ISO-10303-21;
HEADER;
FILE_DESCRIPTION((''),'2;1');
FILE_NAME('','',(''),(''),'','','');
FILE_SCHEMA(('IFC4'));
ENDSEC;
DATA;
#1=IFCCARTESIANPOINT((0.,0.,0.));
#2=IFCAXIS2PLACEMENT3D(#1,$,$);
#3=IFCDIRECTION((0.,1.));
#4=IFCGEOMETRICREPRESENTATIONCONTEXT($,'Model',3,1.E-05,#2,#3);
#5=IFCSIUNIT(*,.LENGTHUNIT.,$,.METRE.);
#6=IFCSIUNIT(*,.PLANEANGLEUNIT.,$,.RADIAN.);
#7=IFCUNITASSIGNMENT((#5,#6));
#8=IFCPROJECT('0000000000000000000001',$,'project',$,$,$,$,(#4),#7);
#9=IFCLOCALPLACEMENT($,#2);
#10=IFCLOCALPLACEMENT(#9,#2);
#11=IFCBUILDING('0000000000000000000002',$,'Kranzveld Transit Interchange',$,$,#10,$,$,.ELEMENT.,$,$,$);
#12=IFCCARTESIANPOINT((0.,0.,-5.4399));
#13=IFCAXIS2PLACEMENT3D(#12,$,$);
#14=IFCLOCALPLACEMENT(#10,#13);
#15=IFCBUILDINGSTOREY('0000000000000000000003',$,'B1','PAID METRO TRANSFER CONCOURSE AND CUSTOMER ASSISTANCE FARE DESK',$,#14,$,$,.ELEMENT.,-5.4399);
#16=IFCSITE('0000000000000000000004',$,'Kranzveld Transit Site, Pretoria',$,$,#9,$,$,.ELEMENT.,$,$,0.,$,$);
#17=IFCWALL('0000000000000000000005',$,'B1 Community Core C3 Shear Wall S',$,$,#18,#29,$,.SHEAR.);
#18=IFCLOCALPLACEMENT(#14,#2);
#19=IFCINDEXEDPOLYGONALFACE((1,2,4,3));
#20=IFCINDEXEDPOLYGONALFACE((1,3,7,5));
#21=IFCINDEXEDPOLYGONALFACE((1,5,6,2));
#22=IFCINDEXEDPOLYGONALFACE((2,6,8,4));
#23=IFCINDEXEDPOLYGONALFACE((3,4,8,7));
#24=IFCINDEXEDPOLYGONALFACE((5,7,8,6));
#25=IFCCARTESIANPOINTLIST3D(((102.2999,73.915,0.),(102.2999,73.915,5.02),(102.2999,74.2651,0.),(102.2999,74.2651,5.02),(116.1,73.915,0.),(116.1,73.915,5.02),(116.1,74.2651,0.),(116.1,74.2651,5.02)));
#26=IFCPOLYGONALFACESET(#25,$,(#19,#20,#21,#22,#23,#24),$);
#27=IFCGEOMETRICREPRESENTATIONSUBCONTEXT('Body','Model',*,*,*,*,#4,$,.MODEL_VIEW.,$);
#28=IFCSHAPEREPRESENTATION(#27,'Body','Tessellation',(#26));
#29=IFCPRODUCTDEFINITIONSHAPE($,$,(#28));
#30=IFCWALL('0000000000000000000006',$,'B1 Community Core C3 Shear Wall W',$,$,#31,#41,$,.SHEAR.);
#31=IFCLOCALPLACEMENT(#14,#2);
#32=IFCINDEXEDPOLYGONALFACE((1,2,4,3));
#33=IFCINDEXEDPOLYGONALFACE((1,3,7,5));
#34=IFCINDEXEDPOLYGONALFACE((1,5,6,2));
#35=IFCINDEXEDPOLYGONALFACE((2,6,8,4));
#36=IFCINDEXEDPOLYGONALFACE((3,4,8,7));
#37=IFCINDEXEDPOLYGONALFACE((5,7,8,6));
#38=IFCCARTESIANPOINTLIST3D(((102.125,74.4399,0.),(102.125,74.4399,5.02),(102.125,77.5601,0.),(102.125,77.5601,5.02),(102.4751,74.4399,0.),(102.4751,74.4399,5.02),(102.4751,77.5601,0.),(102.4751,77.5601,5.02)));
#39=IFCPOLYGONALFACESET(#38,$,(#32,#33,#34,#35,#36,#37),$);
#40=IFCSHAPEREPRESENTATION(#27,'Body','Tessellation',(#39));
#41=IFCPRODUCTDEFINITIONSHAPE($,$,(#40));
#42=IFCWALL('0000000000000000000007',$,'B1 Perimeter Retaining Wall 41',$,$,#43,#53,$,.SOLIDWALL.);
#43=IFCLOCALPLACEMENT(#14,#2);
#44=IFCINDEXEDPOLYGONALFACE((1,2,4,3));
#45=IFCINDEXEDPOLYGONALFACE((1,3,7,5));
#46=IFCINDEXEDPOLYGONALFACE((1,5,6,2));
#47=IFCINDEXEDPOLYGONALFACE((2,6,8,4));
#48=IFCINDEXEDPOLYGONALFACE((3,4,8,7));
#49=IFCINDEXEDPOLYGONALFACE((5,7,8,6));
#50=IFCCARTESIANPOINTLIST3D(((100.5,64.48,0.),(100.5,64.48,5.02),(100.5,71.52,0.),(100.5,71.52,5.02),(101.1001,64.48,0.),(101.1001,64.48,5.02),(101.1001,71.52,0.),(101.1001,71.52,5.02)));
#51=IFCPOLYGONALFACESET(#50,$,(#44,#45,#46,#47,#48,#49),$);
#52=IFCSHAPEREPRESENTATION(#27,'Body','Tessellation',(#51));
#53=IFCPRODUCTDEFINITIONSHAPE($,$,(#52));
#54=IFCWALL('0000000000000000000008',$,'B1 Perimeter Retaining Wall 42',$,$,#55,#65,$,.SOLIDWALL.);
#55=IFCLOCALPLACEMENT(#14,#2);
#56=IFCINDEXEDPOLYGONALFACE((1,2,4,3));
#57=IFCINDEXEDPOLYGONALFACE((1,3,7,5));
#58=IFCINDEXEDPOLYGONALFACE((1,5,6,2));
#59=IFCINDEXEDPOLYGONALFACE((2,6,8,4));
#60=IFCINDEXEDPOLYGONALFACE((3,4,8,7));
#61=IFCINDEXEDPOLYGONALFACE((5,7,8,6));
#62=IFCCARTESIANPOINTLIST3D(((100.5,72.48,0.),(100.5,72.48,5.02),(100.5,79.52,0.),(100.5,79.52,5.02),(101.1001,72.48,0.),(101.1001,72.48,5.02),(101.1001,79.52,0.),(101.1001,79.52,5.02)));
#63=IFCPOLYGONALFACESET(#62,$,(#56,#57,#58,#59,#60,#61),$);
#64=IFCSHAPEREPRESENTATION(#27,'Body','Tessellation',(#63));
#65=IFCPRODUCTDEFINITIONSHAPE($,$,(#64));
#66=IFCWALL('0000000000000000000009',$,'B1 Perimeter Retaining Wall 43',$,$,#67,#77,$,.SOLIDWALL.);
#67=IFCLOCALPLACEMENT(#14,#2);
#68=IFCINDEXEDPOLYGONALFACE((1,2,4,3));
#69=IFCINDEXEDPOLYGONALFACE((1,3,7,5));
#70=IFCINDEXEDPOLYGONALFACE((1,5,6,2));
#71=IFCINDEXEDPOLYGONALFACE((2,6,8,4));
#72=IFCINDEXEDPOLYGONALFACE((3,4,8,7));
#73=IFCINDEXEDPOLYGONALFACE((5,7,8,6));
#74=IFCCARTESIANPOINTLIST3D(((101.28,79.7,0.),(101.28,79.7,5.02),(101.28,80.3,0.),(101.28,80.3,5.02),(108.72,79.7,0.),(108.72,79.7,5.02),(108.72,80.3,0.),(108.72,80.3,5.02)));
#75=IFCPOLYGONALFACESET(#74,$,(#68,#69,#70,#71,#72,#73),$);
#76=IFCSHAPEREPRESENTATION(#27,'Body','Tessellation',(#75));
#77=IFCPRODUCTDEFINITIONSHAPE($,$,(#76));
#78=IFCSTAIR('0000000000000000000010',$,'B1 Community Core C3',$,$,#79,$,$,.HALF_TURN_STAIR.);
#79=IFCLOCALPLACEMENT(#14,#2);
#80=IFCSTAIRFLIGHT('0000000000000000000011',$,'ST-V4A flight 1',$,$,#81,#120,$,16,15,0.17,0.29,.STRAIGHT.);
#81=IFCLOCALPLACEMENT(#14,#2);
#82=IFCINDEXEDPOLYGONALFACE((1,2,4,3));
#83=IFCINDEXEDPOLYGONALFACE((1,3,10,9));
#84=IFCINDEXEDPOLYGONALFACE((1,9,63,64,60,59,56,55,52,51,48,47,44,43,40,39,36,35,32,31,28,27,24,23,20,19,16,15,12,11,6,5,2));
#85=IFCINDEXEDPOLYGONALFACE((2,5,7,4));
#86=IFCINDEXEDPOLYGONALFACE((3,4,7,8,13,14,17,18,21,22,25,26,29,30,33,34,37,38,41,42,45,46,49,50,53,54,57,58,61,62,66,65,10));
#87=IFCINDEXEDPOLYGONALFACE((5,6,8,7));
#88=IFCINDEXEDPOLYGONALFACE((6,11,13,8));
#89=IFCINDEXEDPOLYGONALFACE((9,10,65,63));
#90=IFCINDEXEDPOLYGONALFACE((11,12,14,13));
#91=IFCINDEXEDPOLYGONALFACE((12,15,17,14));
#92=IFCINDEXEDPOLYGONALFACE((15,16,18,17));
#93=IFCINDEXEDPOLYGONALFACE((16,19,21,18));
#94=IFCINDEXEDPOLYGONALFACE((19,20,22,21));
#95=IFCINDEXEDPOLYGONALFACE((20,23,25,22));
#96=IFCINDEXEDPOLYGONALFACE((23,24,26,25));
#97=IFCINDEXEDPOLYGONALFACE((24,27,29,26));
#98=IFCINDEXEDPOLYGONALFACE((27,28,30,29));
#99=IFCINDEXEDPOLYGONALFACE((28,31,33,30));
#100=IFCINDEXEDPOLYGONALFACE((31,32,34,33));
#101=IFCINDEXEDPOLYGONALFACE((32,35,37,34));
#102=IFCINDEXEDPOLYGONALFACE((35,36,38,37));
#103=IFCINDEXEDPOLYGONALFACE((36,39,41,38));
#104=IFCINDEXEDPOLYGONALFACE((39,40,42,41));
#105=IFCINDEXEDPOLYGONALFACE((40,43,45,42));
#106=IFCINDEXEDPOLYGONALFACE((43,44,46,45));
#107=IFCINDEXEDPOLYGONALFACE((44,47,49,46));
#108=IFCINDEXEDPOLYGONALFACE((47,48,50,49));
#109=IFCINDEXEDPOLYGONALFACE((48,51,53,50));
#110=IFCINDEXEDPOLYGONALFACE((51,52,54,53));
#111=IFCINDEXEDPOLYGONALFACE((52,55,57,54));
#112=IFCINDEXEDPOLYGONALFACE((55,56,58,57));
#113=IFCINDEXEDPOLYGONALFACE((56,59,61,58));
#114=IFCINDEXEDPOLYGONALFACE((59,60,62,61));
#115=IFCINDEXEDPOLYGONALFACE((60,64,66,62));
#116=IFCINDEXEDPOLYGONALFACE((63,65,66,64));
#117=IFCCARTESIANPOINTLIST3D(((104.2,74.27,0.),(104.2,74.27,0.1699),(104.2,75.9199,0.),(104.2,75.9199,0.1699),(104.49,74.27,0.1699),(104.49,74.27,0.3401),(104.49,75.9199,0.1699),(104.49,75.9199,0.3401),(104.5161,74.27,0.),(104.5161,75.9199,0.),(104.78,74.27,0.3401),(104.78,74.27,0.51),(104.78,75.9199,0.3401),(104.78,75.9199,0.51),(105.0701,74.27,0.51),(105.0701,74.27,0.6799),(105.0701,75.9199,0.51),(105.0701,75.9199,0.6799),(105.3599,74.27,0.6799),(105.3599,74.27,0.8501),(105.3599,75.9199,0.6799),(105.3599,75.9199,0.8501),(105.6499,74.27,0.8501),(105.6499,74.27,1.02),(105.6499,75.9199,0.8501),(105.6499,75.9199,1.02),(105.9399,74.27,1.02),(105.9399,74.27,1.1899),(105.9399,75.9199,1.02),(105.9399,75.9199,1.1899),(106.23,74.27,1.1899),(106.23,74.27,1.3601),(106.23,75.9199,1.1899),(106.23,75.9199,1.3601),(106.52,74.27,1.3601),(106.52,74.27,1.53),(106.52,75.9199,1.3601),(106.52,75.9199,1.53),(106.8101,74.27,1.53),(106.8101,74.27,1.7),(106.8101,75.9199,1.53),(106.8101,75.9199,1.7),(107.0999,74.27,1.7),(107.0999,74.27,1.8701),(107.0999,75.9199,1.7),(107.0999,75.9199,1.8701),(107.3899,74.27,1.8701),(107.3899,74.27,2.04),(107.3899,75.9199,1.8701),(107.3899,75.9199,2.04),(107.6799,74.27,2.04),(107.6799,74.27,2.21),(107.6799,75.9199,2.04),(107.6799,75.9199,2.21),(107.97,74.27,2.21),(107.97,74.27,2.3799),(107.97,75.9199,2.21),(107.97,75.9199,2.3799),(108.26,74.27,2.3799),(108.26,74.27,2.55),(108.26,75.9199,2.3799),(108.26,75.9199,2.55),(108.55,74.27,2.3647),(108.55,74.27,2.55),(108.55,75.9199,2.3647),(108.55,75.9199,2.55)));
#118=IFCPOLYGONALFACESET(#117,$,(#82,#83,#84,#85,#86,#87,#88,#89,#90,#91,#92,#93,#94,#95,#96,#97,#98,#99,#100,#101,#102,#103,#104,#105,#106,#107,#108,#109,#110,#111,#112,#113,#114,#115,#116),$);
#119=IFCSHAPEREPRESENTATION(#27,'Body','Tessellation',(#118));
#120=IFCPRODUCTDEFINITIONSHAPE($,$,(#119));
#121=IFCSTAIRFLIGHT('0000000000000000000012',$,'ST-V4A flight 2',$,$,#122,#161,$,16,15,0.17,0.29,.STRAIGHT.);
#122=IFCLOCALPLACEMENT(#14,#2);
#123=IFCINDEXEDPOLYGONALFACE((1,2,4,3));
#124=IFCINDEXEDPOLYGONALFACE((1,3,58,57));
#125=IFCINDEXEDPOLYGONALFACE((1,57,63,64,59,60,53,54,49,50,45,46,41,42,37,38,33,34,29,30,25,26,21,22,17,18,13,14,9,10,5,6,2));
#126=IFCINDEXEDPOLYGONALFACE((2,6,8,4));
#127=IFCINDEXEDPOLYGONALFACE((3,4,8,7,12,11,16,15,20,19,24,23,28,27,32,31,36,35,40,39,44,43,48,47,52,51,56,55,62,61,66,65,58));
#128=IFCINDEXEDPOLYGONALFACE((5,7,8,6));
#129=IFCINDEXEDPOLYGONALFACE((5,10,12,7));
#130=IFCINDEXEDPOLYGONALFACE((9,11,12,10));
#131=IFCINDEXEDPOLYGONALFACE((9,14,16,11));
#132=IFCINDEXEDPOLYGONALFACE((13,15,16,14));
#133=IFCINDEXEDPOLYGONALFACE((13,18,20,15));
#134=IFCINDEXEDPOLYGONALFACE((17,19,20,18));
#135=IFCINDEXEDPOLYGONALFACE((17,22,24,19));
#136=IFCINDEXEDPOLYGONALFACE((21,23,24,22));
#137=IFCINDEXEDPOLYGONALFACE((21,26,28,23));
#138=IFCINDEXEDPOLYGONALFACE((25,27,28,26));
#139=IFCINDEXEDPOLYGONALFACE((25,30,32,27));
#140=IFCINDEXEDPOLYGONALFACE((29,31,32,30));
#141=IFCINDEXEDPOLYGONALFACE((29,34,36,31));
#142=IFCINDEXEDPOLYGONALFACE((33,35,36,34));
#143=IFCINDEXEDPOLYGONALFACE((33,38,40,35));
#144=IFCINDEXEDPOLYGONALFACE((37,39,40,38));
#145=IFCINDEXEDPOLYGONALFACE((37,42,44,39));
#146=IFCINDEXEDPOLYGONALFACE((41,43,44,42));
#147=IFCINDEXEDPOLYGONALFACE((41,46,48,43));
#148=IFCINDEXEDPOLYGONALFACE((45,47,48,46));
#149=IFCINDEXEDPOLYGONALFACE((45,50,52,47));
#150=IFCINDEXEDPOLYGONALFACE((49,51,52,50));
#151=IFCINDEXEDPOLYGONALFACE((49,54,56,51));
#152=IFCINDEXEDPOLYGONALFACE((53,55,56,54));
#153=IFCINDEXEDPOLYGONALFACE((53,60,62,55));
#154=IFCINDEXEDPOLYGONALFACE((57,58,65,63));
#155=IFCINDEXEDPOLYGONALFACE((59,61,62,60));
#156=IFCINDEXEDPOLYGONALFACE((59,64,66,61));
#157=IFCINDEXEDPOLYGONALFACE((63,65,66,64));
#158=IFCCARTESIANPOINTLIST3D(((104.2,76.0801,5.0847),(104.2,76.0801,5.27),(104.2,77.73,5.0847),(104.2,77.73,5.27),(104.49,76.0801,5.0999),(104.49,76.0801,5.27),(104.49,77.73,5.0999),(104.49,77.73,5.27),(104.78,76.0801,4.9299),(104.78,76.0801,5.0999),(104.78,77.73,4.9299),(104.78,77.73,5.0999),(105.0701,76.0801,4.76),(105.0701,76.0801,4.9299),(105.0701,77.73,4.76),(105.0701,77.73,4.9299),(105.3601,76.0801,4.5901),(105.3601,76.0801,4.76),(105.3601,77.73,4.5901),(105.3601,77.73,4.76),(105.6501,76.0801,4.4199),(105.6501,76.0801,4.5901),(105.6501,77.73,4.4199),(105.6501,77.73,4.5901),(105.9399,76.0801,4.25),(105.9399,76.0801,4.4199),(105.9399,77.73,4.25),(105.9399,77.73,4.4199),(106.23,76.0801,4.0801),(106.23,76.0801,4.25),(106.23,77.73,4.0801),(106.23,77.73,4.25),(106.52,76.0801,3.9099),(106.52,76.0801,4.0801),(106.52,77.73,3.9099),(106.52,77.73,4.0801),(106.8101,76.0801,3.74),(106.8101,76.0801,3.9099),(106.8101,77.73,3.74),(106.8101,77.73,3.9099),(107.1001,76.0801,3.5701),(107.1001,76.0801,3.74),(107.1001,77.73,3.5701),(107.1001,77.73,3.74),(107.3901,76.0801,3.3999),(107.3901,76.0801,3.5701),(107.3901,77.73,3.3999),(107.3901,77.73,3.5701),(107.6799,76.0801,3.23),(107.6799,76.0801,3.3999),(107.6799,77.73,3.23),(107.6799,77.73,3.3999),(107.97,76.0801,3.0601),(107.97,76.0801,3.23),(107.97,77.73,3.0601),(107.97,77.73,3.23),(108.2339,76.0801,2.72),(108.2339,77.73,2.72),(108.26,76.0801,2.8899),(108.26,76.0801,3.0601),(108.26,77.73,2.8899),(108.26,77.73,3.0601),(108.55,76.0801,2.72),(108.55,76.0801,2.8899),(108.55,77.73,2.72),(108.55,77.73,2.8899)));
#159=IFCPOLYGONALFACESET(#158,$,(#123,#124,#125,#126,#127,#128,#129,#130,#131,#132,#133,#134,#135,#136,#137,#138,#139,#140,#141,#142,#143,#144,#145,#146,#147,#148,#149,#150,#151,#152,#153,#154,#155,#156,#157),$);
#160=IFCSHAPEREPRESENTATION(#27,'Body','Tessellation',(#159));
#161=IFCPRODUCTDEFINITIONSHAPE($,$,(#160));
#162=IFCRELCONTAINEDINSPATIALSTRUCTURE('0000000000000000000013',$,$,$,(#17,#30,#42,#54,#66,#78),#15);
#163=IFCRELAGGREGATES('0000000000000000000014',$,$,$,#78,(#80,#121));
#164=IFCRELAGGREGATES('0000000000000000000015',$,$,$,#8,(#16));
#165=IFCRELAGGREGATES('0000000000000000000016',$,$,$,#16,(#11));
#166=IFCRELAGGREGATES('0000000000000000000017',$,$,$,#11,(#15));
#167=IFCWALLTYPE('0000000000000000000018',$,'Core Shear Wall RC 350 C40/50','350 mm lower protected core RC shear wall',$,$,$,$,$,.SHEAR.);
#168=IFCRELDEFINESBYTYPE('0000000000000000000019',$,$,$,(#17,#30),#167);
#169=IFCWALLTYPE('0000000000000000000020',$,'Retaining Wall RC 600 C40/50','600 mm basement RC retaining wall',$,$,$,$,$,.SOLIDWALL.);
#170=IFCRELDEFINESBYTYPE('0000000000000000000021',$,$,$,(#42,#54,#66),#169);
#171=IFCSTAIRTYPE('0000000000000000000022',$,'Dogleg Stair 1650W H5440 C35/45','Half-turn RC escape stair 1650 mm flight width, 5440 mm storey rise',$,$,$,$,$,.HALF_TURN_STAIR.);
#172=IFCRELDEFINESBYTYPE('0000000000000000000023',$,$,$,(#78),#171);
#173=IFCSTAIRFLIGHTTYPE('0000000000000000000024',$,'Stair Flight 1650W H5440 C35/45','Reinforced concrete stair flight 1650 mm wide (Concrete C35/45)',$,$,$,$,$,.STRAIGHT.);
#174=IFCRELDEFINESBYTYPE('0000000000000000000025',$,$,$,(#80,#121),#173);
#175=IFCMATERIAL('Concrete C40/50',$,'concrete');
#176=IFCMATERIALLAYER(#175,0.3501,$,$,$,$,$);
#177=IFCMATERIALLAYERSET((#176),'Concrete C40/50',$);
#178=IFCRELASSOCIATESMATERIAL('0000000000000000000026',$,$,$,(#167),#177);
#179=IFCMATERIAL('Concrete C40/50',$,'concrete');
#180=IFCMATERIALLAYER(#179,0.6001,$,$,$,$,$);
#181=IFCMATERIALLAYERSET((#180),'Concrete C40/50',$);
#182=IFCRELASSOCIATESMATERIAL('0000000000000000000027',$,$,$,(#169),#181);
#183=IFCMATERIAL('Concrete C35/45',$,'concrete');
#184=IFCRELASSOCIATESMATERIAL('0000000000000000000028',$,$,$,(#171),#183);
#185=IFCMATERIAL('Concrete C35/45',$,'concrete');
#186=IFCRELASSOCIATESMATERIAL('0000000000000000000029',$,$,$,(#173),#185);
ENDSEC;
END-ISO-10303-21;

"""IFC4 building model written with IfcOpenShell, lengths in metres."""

from ifc_helpers import new_model, si_unit, direction, frame, frame_2d, origin, place, context, subcontext, project, spatial, polyline, rectangle, outline, extrude, material, layer, layer_set, type_object, element, aggregate, save


model = new_model("IFC4")

# Units and contexts
model_context = context("Model", 3, precision=1e-05, world=origin(), true_north=direction((0.0, 1.0)))
body_context = subcontext(model_context, "Body", "Model", "MODEL_VIEW")
ifc_project = project(units=[si_unit("LENGTHUNIT", "METRE"), si_unit("PLANEANGLEUNIT", "RADIAN")], contexts=[model_context])

# Site, building, storey
site_placement = place(None, origin())
site = spatial("IfcSite", under=ifc_project, at=site_placement, Name="Kranzveld Transit Site, Pretoria", CompositionType="ELEMENT", RefElevation=0.0)
building_placement = place(site_placement, origin())
building = spatial("IfcBuilding", under=site, at=building_placement, Name="Kranzveld Transit Interchange", CompositionType="ELEMENT")
storey_placement = place(building_placement, frame((0.0, 0.0, -5.4399)))
storey = spatial("IfcBuildingStorey", under=building, at=storey_placement, Name="B1", Description="PAID METRO TRANSFER CONCOURSE AND CUSTOMER ASSISTANCE FARE DESK", CompositionType="ELEMENT", Elevation=-5.4399)

# Wall
ifc_material_1 = material(Name="Concrete C40/50", Category="concrete")
ifc_layer_1 = layer(ifc_material_1, 0.3501)
ifc_layer_set_1 = layer_set([ifc_layer_1], Name="Concrete C40/50")
wall_type_1 = type_object("IfcWallType", Name="Core Shear Wall RC 350 C40/50", Description="350 mm lower protected core RC shear wall", PredefinedType="SHEAR", material=ifc_layer_set_1)
wall_1_placement = place(storey_placement, frame((102.3, 74.0901, 0.0), z_axis=(0.0, 0.0, 1.0), x_axis=(1.0, 0.0, 0.0)))
element("IfcWall", 1, at=wall_1_placement, inside=storey, type_object=wall_type_1, Name="B1 Community Core C3 Shear Wall S", PredefinedType="SHEAR", context=body_context, shape_type="SweptSolid", body=[
    extrude(rectangle(XDim=13.8, YDim=0.3501, at=frame_2d((6.8999, 0.0))), origin(), (0.0, 0.0, 1.0), 5.02),
])

# Walls
wall_2_placement = place(storey_placement, frame((102.3, 74.4399, 0.0), z_axis=(0.0, 0.0, 1.0), x_axis=(0.0, 1.0, 0.0)))
element("IfcWall", 2, at=wall_2_placement, inside=storey, type_object=wall_type_1, Name="B1 Community Core C3 Shear Wall W", PredefinedType="SHEAR", context=body_context, shape_type="SweptSolid", body=[
    extrude(rectangle(XDim=3.1201, YDim=0.3501, at=frame_2d((1.5601, 0.0))), origin(), (0.0, 0.0, 1.0), 5.02),
])
ifc_material_2 = material(Name="Concrete C40/50", Category="concrete")
ifc_layer_2 = layer(ifc_material_2, 0.6001)
ifc_layer_set_2 = layer_set([ifc_layer_2], Name="Concrete C40/50")
wall_type_2 = type_object("IfcWallType", Name="Retaining Wall RC 600 C40/50", Description="600 mm basement RC retaining wall", PredefinedType="SOLIDWALL", material=ifc_layer_set_2)
for number, where, z_axis, x_axis, name in (
    (3, (100.8, 64.48, 0.0), (0.0, 0.0, 1.0), (0.0, 1.0, 0.0), "B1 Perimeter Retaining Wall 41"),
    (4, (100.8, 72.48, 0.0), (0.0, 0.0, 1.0), (0.0, 1.0, 0.0), "B1 Perimeter Retaining Wall 42"),
):
    element("IfcWall", number, at=place(storey_placement, frame(where, z_axis=z_axis, x_axis=x_axis)), inside=storey, type_object=wall_type_2, Name=name, PredefinedType="SOLIDWALL", context=body_context, shape_type="SweptSolid", body=[
        extrude(rectangle(XDim=7.04, YDim=0.6001, at=frame_2d((3.52, 0.0))), origin(), (0.0, 0.0, 1.0), 5.02),
    ])
wall_3_placement = place(storey_placement, frame((101.28, 80.0, 0.0), z_axis=(0.0, 0.0, 1.0), x_axis=(1.0, 0.0, 0.0)))
element("IfcWall", 5, at=wall_3_placement, inside=storey, type_object=wall_type_2, Name="B1 Perimeter Retaining Wall 43", PredefinedType="SOLIDWALL", context=body_context, shape_type="SweptSolid", body=[
    extrude(rectangle(XDim=7.4399, YDim=0.6001, at=frame_2d((3.72, 0.0))), origin(), (0.0, 0.0, 1.0), 5.02),
])

# Stair, stair flights
ifc_material_3 = material(Name="Concrete C35/45", Category="concrete")
stair_type = type_object("IfcStairType", Name="Dogleg Stair 1650W H5440 C35/45", Description="Half-turn RC escape stair 1650 mm flight width, 5440 mm storey rise", PredefinedType="HALF_TURN_STAIR", material=ifc_material_3)
stair_placement = place(storey_placement, origin())
stair = element("IfcStair", 6, at=stair_placement, inside=storey, type_object=stair_type, Name="B1 Community Core C3", PredefinedType="HALF_TURN_STAIR")
ifc_material_4 = material(Name="Concrete C35/45", Category="concrete")
stair_flight_type = type_object("IfcStairFlightType", Name="Stair Flight 1650W H5440 C35/45", Description="Reinforced concrete stair flight 1650 mm wide (Concrete C35/45)", PredefinedType="STRAIGHT", material=ifc_material_4)
stair_flight_1_placement = place(storey_placement, frame((104.2, 75.095, 0.0), z_axis=(0.0, 0.0, 1.0), x_axis=(1.0, 0.0, 0.0)))
stair_flight_1 = element("IfcStairFlight", 7, at=stair_flight_1_placement, type_object=stair_flight_type, Name="ST-V4A flight 1", NumberOfRisers=16, NumberOfTreads=15, PredefinedType="STRAIGHT", RiserHeight=0.17, TreadLength=0.29, context=body_context, shape_type="SweptSolid", body=[
    extrude(outline(polyline([(0.0, 0.0), (0.0, 0.1699), (0.29, 0.1699), (0.29, 0.3401), (0.5801, 0.3401), (0.5801, 0.51), (0.8701, 0.51), (0.8701, 0.6799), (1.1599, 0.6799), (1.1599, 0.8501), (1.45, 0.8501), (1.45, 1.02), (1.74, 1.02), (1.74, 1.1899), (2.03, 1.1899), (2.03, 1.3601), (2.3201, 1.3601), (2.3201, 1.53), (2.6101, 1.53), (2.6101, 1.7), (2.8999, 1.7), (2.8999, 1.8701), (3.1899, 1.8701), (3.1899, 2.04), (3.48, 2.04), (3.48, 2.21), (3.77, 2.21), (3.77, 2.3799), (4.0601, 2.3799), (4.0601, 2.55), (4.3501, 2.55), (4.3501, 2.72), (4.3501, 2.3647), (0.3162, 0.0), (0.0, 0.0)])), frame((0.0, 0.825, 0.0), z_axis=(0.0, -1.0, 0.0), x_axis=(1.0, 0.0, 0.0)), (0.0, 0.0, 1.0), 1.6499),
])
stair_flight_2_placement = place(storey_placement, frame((108.55, 76.905, 2.72), z_axis=(0.0, 0.0, 1.0), x_axis=(-1.0, 0.0, 0.0)))
stair_flight_2 = element("IfcStairFlight", 8, at=stair_flight_2_placement, type_object=stair_flight_type, Name="ST-V4A flight 2", NumberOfRisers=16, NumberOfTreads=15, PredefinedType="STRAIGHT", RiserHeight=0.17, TreadLength=0.29, context=body_context, shape_type="SweptSolid", body=[
    extrude(outline(polyline([(0.0, 0.0), (0.0, 0.1699), (0.29, 0.1699), (0.29, 0.3401), (0.5801, 0.3401), (0.5801, 0.51), (0.8701, 0.51), (0.8701, 0.6799), (1.1599, 0.6799), (1.1599, 0.8501), (1.45, 0.8501), (1.45, 1.02), (1.74, 1.02), (1.74, 1.1899), (2.03, 1.1899), (2.03, 1.3601), (2.3201, 1.3601), (2.3201, 1.53), (2.6101, 1.53), (2.6101, 1.7), (2.8999, 1.7), (2.8999, 1.8701), (3.1899, 1.8701), (3.1899, 2.04), (3.48, 2.04), (3.48, 2.21), (3.77, 2.21), (3.77, 2.3799), (4.0601, 2.3799), (4.0601, 2.55), (4.3501, 2.55), (4.3501, 2.72), (4.3501, 2.3647), (0.3162, 0.0), (0.0, 0.0)])), frame((0.0, 0.825, 0.0), z_axis=(0.0, -1.0, 0.0), x_axis=(1.0, 0.0, 0.0)), (0.0, 0.0, 1.0), 1.6499),
])
aggregate(stair, [stair_flight_1, stair_flight_2])

save(model, "model.ifc")
